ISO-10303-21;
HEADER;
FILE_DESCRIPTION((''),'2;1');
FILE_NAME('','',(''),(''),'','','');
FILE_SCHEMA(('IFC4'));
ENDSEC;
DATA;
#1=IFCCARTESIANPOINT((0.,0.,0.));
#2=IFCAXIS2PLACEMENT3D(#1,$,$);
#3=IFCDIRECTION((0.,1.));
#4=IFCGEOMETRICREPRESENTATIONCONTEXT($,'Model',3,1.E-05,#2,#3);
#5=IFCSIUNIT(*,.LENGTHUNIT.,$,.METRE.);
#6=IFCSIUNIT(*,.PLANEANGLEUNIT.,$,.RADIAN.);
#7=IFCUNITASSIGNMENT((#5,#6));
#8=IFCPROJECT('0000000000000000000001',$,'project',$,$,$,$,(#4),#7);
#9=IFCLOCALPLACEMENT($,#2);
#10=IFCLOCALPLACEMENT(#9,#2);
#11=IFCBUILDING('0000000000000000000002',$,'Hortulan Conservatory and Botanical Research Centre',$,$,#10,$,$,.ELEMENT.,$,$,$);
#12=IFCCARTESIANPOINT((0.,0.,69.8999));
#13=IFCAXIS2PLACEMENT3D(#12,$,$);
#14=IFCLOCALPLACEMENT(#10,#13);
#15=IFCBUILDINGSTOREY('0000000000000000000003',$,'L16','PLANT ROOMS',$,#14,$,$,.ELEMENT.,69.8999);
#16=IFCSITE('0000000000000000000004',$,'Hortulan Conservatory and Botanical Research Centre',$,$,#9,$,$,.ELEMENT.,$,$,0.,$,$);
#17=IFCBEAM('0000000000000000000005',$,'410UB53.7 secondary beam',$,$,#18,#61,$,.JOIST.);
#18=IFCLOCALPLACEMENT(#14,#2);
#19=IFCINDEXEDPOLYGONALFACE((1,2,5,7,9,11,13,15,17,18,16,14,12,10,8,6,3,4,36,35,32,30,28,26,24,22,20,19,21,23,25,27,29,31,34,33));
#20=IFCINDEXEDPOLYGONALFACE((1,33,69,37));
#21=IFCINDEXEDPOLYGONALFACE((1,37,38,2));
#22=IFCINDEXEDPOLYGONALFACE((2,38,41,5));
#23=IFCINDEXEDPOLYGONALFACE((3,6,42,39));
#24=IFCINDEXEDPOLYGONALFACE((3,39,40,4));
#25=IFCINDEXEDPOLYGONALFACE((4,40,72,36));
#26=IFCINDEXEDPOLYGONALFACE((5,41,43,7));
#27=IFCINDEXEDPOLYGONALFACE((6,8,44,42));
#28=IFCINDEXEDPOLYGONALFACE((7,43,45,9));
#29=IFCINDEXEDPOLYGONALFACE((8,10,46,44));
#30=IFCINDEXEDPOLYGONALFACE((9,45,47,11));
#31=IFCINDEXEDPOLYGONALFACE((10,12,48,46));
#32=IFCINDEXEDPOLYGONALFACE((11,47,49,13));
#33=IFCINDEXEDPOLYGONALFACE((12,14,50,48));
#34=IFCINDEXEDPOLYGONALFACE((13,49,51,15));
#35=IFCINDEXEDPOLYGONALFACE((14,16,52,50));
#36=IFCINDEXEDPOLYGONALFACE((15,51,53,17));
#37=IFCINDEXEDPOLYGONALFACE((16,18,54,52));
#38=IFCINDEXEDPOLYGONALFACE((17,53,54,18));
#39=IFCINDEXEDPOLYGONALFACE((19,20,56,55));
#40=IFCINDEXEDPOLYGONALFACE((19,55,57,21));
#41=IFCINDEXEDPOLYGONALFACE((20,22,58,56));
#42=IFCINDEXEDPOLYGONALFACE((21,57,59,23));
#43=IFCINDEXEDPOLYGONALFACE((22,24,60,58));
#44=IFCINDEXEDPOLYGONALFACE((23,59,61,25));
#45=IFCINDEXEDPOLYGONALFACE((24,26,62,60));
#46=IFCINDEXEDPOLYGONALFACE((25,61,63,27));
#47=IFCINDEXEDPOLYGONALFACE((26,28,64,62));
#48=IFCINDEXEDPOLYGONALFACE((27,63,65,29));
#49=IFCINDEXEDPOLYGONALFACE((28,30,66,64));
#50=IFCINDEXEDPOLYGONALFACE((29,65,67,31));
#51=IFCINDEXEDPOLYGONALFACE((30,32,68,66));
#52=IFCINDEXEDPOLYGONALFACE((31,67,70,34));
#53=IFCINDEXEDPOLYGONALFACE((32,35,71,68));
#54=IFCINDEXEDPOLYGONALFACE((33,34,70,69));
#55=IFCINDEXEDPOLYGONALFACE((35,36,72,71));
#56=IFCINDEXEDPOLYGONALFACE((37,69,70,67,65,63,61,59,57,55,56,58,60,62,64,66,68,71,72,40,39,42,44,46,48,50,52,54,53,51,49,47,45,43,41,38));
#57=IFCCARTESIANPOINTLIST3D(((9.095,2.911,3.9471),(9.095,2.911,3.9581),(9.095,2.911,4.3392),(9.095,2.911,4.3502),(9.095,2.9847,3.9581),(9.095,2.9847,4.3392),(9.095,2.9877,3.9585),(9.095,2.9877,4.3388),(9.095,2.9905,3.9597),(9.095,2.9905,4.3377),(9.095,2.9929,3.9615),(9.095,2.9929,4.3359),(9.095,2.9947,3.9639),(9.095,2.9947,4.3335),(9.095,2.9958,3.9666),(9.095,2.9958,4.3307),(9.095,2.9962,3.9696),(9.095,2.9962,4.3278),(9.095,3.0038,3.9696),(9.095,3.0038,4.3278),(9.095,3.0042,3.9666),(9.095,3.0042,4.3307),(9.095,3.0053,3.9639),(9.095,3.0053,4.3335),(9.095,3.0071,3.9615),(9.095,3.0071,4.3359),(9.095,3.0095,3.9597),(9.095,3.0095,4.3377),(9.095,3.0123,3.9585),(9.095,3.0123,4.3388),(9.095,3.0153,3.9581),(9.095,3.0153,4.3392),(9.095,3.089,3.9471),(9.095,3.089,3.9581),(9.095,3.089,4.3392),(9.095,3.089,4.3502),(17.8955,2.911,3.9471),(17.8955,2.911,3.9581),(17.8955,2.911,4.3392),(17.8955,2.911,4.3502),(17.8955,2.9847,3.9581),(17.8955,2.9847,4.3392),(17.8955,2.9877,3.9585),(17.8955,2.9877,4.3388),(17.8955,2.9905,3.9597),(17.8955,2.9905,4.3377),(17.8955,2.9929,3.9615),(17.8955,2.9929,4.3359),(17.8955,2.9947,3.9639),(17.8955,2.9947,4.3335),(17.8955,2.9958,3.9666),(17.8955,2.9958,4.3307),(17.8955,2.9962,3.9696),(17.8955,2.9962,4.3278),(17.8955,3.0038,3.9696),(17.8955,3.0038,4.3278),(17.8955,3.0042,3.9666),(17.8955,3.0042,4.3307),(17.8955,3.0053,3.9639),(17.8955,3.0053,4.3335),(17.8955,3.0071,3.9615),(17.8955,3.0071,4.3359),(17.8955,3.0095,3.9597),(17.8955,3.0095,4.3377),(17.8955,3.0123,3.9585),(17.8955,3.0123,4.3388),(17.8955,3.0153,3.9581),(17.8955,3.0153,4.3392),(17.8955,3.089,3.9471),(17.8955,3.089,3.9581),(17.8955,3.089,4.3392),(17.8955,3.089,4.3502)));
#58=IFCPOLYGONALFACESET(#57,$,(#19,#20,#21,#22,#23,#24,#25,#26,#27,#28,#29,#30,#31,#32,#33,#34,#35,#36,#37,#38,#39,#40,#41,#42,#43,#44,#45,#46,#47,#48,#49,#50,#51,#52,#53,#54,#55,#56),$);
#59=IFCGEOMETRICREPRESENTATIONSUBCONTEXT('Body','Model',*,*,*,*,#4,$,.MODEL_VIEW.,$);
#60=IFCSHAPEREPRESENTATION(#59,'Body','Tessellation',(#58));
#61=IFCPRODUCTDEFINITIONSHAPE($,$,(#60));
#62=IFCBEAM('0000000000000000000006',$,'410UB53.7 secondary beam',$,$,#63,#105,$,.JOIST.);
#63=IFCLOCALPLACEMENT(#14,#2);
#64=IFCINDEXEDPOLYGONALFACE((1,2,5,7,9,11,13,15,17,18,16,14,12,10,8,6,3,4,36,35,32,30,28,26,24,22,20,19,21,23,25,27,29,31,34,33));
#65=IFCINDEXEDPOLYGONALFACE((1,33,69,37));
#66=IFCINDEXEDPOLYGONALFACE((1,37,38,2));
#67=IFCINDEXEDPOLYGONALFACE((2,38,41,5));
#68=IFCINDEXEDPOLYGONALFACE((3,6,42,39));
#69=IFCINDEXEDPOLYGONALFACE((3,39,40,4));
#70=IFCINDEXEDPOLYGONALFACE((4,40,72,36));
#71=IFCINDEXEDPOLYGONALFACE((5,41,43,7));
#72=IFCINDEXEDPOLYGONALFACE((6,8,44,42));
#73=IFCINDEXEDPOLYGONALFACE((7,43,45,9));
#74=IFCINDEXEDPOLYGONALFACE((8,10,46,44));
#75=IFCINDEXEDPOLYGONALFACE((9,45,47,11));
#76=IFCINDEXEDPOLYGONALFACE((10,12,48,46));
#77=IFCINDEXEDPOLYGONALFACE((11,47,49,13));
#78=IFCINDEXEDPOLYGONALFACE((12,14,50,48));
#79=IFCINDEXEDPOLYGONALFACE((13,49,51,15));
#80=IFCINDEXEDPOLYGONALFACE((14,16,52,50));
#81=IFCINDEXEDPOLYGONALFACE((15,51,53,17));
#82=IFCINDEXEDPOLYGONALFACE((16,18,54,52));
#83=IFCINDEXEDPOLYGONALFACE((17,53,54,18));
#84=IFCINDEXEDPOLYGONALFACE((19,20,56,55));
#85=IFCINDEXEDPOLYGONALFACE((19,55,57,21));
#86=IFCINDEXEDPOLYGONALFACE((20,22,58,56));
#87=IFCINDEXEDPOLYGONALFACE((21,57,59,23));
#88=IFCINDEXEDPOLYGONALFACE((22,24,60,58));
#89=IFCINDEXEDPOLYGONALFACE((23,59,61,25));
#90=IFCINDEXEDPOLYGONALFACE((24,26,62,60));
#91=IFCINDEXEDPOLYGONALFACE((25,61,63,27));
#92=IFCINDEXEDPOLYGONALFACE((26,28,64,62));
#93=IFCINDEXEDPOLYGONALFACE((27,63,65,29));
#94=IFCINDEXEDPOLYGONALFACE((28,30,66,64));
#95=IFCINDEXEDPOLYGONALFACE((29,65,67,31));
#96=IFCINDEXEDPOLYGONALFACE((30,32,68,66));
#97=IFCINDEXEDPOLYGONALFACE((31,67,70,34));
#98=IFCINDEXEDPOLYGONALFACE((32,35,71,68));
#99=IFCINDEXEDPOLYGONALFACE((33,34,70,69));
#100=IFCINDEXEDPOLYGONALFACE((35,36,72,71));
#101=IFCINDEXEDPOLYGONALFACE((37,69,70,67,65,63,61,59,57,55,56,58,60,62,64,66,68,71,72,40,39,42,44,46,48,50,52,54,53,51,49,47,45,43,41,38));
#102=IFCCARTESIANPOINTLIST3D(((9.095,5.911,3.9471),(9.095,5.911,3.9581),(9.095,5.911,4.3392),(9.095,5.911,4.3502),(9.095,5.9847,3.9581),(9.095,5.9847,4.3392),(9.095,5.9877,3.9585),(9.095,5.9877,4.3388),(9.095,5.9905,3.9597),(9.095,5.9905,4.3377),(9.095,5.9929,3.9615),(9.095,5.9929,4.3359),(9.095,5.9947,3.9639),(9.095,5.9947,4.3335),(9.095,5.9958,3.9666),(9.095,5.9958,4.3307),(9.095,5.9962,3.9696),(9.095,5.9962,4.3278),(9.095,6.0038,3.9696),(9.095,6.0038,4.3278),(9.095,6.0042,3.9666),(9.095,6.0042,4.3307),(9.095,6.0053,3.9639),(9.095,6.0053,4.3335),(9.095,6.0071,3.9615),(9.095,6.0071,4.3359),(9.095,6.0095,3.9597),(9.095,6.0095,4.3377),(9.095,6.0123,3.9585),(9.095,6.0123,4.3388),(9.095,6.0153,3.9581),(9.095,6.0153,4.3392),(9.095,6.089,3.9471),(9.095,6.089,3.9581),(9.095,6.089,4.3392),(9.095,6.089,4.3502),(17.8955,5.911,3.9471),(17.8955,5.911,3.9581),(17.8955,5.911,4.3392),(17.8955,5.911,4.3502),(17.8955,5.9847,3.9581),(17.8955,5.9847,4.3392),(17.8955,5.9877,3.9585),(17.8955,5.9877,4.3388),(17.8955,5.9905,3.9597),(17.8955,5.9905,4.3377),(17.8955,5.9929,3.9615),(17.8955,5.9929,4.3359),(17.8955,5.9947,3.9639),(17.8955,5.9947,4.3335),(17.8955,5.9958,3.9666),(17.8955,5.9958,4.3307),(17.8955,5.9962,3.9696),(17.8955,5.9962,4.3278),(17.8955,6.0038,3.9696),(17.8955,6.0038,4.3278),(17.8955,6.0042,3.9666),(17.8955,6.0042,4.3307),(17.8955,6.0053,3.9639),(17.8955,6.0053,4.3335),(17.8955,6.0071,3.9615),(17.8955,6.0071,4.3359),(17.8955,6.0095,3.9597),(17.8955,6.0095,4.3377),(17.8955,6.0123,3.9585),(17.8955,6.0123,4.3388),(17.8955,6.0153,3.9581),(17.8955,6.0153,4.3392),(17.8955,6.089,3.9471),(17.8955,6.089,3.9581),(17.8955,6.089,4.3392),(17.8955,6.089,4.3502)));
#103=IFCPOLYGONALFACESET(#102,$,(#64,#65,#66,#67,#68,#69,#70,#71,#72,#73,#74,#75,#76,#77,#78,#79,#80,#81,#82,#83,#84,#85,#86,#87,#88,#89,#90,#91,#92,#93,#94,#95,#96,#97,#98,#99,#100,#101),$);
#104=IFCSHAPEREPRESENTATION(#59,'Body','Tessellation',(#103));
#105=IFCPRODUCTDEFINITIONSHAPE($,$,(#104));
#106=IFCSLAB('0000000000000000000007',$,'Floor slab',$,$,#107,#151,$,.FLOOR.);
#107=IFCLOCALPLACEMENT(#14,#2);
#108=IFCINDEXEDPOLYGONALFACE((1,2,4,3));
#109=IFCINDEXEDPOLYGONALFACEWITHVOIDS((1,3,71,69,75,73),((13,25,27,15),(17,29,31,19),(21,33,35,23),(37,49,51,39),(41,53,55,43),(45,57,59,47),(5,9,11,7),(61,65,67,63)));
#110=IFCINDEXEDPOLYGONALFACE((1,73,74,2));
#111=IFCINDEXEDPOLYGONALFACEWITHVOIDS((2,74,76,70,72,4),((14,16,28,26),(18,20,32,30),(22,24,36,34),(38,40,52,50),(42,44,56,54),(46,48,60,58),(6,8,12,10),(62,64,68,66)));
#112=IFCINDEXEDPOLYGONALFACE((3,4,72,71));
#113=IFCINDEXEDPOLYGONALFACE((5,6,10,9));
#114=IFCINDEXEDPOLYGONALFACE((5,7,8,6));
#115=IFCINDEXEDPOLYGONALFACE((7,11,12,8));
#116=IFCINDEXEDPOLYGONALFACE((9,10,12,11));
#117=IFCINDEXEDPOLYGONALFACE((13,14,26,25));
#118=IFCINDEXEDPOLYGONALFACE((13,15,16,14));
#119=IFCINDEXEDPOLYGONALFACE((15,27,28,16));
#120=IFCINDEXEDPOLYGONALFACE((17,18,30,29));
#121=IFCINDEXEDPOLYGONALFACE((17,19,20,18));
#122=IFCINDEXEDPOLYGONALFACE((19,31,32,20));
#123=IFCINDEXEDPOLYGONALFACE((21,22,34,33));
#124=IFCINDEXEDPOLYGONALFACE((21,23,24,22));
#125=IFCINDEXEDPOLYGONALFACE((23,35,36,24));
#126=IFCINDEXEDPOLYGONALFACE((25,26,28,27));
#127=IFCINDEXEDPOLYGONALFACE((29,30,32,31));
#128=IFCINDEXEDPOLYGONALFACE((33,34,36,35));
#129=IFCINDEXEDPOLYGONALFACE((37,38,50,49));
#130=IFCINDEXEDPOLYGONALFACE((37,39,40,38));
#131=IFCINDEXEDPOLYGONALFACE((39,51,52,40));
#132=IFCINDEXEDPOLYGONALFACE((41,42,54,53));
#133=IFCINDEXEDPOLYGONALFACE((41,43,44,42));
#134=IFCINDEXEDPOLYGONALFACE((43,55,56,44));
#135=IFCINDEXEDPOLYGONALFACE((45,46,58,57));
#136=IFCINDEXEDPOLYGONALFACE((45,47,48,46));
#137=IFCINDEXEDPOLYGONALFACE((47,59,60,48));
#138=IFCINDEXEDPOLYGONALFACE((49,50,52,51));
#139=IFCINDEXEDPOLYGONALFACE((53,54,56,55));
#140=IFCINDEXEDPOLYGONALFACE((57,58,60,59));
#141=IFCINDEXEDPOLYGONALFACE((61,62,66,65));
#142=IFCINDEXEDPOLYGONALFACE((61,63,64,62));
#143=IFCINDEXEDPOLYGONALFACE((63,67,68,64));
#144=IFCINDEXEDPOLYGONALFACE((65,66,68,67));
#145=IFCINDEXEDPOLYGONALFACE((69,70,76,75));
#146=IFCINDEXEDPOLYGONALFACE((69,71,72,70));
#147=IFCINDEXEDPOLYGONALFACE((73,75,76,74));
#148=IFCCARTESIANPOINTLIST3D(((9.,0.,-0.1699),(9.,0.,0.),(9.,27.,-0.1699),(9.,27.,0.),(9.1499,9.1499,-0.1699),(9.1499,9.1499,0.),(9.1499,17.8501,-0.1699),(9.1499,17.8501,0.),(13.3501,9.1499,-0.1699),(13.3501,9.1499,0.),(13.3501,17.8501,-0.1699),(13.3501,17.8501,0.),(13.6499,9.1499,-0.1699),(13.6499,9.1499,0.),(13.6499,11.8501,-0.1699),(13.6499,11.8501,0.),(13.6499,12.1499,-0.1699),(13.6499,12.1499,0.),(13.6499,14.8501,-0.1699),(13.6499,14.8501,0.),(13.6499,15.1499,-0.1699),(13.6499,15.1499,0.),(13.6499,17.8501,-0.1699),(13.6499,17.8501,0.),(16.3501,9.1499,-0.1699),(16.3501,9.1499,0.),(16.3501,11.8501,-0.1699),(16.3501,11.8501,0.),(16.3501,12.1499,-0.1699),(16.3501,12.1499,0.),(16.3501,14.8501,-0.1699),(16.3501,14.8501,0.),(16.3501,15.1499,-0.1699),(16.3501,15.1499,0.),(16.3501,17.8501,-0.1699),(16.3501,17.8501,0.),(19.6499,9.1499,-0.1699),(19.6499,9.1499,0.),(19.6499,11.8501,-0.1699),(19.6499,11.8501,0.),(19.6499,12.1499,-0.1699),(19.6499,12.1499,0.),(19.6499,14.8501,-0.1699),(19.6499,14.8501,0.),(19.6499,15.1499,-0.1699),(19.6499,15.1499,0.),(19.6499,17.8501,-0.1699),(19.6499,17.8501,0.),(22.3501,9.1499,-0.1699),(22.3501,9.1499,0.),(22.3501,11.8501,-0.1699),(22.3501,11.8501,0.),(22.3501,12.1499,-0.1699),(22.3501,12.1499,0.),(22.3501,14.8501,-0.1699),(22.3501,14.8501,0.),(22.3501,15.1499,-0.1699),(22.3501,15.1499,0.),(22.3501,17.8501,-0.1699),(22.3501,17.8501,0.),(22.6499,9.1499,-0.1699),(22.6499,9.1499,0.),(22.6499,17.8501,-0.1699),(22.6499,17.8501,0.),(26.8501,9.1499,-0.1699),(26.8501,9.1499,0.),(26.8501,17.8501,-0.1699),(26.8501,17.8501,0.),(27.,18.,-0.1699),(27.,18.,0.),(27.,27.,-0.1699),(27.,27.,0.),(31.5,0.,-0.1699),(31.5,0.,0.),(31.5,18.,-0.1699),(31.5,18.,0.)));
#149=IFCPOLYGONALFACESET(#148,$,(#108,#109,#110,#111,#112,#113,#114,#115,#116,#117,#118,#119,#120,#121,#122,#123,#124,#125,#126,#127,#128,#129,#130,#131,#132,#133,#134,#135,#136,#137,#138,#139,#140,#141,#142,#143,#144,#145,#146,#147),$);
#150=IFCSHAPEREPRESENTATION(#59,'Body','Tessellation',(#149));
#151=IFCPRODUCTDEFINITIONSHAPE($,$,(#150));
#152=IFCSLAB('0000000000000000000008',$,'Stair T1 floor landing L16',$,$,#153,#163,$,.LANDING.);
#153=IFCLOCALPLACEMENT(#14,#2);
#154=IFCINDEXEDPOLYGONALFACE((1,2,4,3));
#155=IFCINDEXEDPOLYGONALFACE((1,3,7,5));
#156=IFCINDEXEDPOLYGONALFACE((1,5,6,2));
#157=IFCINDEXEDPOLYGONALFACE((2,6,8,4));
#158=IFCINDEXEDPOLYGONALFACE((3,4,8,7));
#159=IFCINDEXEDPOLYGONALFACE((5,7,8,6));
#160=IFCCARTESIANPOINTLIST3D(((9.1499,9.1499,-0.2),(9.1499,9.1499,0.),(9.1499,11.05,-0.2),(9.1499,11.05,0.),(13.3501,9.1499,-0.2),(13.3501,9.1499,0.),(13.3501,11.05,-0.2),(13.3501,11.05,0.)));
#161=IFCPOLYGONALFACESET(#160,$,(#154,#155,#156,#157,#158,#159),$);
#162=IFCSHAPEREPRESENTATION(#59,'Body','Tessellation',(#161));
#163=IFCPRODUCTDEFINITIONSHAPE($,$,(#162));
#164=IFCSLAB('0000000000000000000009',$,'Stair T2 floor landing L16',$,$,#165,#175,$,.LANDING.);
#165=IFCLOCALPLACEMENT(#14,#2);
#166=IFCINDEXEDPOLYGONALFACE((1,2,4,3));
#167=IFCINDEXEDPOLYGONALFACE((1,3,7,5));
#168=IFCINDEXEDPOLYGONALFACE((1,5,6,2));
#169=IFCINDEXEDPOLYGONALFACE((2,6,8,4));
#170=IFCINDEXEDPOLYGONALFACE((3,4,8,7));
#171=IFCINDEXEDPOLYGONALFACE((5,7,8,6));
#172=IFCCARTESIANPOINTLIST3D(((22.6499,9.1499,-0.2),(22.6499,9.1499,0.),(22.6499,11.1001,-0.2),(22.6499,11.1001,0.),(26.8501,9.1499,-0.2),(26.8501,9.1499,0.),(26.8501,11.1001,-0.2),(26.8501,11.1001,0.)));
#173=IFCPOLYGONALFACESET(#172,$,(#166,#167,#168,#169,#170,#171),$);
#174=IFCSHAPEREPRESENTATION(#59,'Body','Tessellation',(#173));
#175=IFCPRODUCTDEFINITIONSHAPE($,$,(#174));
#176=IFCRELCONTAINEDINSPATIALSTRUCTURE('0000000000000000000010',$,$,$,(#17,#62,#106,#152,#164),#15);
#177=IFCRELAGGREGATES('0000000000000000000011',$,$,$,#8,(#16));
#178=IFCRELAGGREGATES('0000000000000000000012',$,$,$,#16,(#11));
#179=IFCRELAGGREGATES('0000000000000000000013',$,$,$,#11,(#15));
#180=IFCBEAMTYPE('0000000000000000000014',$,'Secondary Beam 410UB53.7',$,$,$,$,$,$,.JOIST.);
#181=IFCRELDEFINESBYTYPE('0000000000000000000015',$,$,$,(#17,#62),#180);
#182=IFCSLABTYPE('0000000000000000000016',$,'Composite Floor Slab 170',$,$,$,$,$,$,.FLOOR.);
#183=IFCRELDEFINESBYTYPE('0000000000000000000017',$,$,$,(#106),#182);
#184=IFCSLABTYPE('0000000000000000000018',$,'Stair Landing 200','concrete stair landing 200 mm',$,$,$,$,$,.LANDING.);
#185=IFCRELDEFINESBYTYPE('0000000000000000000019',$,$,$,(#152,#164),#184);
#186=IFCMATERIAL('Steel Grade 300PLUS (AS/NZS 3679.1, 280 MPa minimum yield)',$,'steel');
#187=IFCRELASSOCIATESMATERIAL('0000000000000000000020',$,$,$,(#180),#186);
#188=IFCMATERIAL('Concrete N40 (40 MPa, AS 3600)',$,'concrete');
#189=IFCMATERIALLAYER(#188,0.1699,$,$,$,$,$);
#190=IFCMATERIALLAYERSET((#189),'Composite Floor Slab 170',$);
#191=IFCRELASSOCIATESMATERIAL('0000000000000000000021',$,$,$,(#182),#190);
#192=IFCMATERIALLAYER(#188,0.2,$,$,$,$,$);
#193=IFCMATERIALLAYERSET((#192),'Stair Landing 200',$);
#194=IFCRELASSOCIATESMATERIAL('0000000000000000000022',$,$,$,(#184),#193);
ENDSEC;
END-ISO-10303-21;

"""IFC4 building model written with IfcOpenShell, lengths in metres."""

from ifc_helpers import new_model, si_unit, direction, frame, origin, origin_2d, place, context, subcontext, project, spatial, polyline, i_section, outline, extrude, material, layer, layer_set, material_profile, profile_set, type_object, element, save


model = new_model("IFC4")

# Units and contexts
model_context = context("Model", 3, precision=1e-05, world=origin(), true_north=direction((0.0, 1.0)))
body_context = subcontext(model_context, "Body", "Model", "MODEL_VIEW")
ifc_project = project(units=[si_unit("LENGTHUNIT", "METRE"), si_unit("PLANEANGLEUNIT", "RADIAN")], contexts=[model_context])

# Site, building, storey
site_placement = place(None, origin())
site = spatial("IfcSite", under=ifc_project, at=site_placement, Name="Hortulan Conservatory and Botanical Research Centre", CompositionType="ELEMENT", RefElevation=0.0)
building_placement = place(site_placement, origin())
building = spatial("IfcBuilding", under=site, at=building_placement, Name="Hortulan Conservatory and Botanical Research Centre", CompositionType="ELEMENT")
storey_placement = place(building_placement, frame((0.0, 0.0, 69.8999)))
storey = spatial("IfcBuildingStorey", under=building, at=storey_placement, Name="L16", Description="PLANT ROOMS", CompositionType="ELEMENT", Elevation=69.8999)

# Shared definitions
ifc_material_1 = material(Name="Steel Grade 300PLUS (AS/NZS 3679.1, 280 MPa minimum yield)", Category="steel")

# Beams
ifc_material_profile_1 = material_profile(ifc_material_1, i_section(OverallWidth=0.178, OverallDepth=0.4031, WebThickness=0.0076, FlangeThickness=0.011, FilletRadius=0.0115, at=origin_2d()), Name="410UB53.7")
ifc_profile_set_1 = profile_set([ifc_material_profile_1], Name="Steel Grade 300PLUS (AS/NZS 3679.1, 280 MPa minimum yield)")
beam_type_1 = type_object("IfcBeamType", Name="Secondary Beam 410UB53.7", PredefinedType="JOIST", material=ifc_profile_set_1)
for number, where, z_axis, x_axis, name in (
    (1, (9.095, 3.0, 4.1487), (1.0, 0.0, 0.0), (0.0, 1.0, 0.0), "410UB53.7 secondary beam"),
    (2, (9.095, 6.0, 4.1487), (1.0, 0.0, 0.0), (0.0, 1.0, 0.0), "410UB53.7 secondary beam"),
):
    element("IfcBeam", number, at=place(storey_placement, frame(where, z_axis=z_axis, x_axis=x_axis)), inside=storey, type_object=beam_type_1, Name=name, PredefinedType="JOIST", context=body_context, shape_type="SweptSolid", body=[
        extrude(i_section(OverallWidth=0.178, OverallDepth=0.4031, WebThickness=0.0076, FlangeThickness=0.011, FilletRadius=0.0115, at=origin_2d()), origin(), (0.0, 0.0, 1.0), 8.8005),
    ])

# Slabs
ifc_material_2 = material(Name="Concrete N40 (40 MPa, AS 3600)", Category="concrete")
ifc_layer_1 = layer(ifc_material_2, 0.1699)
ifc_layer_set_1 = layer_set([ifc_layer_1], Name="Composite Floor Slab 170")
slab_type_1 = type_object("IfcSlabType", Name="Composite Floor Slab 170", PredefinedType="FLOOR", material=ifc_layer_set_1)
slab_1_placement = place(storey_placement, frame((0.0, 0.0, -0.1699)))
element("IfcSlab", 3, at=slab_1_placement, inside=storey, type_object=slab_type_1, Name="Floor slab", PredefinedType="FLOOR", context=body_context, shape_type="SweptSolid", body=[
    extrude(outline(polyline([(9.0, 0.0), (31.5, 0.0), (31.5, 18.0), (27.0, 18.0), (27.0, 27.0), (9.0, 27.0), (9.0, 0.0)]), holes=[polyline([(13.6499, 11.8501), (13.6499, 9.1499), (16.3501, 9.1499), (16.3501, 11.8501), (13.6499, 11.8501)]), polyline([(19.6499, 11.8501), (19.6499, 9.1499), (22.3501, 9.1499), (22.3501, 11.8501), (19.6499, 11.8501)]), polyline([(9.1499, 17.8501), (9.1499, 9.1499), (13.3501, 9.1499), (13.3501, 17.8501), (9.1499, 17.8501)]), polyline([(13.6499, 14.8501), (13.6499, 12.1499), (16.3501, 12.1499), (16.3501, 14.8501), (13.6499, 14.8501)]), polyline([(19.6499, 14.8501), (19.6499, 12.1499), (22.3501, 12.1499), (22.3501, 14.8501), (19.6499, 14.8501)]), polyline([(22.6499, 17.8501), (22.6499, 9.1499), (26.8501, 9.1499), (26.8501, 17.8501), (22.6499, 17.8501)]), polyline([(13.6499, 17.8501), (13.6499, 15.1499), (16.3501, 15.1499), (16.3501, 17.8501), (13.6499, 17.8501)]), polyline([(19.6499, 17.8501), (19.6499, 15.1499), (22.3501, 15.1499), (22.3501, 17.8501), (19.6499, 17.8501)])]), origin(), (0.0, 0.0, 1.0), 0.1699),
])
ifc_layer_2 = layer(ifc_material_2, 0.2)
ifc_layer_set_2 = layer_set([ifc_layer_2], Name="Stair Landing 200")
slab_type_2 = type_object("IfcSlabType", Name="Stair Landing 200", Description="concrete stair landing 200 mm", PredefinedType="LANDING", material=ifc_layer_set_2)
slab_2_placement = place(storey_placement, frame((0.0, 0.0, -0.2)))
element("IfcSlab", 4, at=slab_2_placement, inside=storey, type_object=slab_type_2, Name="Stair T1 floor landing L16", PredefinedType="LANDING", context=body_context, shape_type="SweptSolid", body=[
    extrude(outline(polyline([(13.3501, 9.1499), (9.1499, 9.1499), (9.1499, 11.05), (13.3501, 11.05), (13.3501, 9.1499)])), origin(), (0.0, 0.0, 1.0), 0.2),
])
slab_3_placement = place(storey_placement, frame((0.0, 0.0, -0.2)))
element("IfcSlab", 5, at=slab_3_placement, inside=storey, type_object=slab_type_2, Name="Stair T2 floor landing L16", PredefinedType="LANDING", context=body_context, shape_type="SweptSolid", body=[
    extrude(outline(polyline([(26.8501, 9.1499), (22.6499, 9.1499), (22.6499, 11.1001), (26.8501, 11.1001), (26.8501, 9.1499)])), origin(), (0.0, 0.0, 1.0), 0.2),
])

save(model, "model.ifc")
